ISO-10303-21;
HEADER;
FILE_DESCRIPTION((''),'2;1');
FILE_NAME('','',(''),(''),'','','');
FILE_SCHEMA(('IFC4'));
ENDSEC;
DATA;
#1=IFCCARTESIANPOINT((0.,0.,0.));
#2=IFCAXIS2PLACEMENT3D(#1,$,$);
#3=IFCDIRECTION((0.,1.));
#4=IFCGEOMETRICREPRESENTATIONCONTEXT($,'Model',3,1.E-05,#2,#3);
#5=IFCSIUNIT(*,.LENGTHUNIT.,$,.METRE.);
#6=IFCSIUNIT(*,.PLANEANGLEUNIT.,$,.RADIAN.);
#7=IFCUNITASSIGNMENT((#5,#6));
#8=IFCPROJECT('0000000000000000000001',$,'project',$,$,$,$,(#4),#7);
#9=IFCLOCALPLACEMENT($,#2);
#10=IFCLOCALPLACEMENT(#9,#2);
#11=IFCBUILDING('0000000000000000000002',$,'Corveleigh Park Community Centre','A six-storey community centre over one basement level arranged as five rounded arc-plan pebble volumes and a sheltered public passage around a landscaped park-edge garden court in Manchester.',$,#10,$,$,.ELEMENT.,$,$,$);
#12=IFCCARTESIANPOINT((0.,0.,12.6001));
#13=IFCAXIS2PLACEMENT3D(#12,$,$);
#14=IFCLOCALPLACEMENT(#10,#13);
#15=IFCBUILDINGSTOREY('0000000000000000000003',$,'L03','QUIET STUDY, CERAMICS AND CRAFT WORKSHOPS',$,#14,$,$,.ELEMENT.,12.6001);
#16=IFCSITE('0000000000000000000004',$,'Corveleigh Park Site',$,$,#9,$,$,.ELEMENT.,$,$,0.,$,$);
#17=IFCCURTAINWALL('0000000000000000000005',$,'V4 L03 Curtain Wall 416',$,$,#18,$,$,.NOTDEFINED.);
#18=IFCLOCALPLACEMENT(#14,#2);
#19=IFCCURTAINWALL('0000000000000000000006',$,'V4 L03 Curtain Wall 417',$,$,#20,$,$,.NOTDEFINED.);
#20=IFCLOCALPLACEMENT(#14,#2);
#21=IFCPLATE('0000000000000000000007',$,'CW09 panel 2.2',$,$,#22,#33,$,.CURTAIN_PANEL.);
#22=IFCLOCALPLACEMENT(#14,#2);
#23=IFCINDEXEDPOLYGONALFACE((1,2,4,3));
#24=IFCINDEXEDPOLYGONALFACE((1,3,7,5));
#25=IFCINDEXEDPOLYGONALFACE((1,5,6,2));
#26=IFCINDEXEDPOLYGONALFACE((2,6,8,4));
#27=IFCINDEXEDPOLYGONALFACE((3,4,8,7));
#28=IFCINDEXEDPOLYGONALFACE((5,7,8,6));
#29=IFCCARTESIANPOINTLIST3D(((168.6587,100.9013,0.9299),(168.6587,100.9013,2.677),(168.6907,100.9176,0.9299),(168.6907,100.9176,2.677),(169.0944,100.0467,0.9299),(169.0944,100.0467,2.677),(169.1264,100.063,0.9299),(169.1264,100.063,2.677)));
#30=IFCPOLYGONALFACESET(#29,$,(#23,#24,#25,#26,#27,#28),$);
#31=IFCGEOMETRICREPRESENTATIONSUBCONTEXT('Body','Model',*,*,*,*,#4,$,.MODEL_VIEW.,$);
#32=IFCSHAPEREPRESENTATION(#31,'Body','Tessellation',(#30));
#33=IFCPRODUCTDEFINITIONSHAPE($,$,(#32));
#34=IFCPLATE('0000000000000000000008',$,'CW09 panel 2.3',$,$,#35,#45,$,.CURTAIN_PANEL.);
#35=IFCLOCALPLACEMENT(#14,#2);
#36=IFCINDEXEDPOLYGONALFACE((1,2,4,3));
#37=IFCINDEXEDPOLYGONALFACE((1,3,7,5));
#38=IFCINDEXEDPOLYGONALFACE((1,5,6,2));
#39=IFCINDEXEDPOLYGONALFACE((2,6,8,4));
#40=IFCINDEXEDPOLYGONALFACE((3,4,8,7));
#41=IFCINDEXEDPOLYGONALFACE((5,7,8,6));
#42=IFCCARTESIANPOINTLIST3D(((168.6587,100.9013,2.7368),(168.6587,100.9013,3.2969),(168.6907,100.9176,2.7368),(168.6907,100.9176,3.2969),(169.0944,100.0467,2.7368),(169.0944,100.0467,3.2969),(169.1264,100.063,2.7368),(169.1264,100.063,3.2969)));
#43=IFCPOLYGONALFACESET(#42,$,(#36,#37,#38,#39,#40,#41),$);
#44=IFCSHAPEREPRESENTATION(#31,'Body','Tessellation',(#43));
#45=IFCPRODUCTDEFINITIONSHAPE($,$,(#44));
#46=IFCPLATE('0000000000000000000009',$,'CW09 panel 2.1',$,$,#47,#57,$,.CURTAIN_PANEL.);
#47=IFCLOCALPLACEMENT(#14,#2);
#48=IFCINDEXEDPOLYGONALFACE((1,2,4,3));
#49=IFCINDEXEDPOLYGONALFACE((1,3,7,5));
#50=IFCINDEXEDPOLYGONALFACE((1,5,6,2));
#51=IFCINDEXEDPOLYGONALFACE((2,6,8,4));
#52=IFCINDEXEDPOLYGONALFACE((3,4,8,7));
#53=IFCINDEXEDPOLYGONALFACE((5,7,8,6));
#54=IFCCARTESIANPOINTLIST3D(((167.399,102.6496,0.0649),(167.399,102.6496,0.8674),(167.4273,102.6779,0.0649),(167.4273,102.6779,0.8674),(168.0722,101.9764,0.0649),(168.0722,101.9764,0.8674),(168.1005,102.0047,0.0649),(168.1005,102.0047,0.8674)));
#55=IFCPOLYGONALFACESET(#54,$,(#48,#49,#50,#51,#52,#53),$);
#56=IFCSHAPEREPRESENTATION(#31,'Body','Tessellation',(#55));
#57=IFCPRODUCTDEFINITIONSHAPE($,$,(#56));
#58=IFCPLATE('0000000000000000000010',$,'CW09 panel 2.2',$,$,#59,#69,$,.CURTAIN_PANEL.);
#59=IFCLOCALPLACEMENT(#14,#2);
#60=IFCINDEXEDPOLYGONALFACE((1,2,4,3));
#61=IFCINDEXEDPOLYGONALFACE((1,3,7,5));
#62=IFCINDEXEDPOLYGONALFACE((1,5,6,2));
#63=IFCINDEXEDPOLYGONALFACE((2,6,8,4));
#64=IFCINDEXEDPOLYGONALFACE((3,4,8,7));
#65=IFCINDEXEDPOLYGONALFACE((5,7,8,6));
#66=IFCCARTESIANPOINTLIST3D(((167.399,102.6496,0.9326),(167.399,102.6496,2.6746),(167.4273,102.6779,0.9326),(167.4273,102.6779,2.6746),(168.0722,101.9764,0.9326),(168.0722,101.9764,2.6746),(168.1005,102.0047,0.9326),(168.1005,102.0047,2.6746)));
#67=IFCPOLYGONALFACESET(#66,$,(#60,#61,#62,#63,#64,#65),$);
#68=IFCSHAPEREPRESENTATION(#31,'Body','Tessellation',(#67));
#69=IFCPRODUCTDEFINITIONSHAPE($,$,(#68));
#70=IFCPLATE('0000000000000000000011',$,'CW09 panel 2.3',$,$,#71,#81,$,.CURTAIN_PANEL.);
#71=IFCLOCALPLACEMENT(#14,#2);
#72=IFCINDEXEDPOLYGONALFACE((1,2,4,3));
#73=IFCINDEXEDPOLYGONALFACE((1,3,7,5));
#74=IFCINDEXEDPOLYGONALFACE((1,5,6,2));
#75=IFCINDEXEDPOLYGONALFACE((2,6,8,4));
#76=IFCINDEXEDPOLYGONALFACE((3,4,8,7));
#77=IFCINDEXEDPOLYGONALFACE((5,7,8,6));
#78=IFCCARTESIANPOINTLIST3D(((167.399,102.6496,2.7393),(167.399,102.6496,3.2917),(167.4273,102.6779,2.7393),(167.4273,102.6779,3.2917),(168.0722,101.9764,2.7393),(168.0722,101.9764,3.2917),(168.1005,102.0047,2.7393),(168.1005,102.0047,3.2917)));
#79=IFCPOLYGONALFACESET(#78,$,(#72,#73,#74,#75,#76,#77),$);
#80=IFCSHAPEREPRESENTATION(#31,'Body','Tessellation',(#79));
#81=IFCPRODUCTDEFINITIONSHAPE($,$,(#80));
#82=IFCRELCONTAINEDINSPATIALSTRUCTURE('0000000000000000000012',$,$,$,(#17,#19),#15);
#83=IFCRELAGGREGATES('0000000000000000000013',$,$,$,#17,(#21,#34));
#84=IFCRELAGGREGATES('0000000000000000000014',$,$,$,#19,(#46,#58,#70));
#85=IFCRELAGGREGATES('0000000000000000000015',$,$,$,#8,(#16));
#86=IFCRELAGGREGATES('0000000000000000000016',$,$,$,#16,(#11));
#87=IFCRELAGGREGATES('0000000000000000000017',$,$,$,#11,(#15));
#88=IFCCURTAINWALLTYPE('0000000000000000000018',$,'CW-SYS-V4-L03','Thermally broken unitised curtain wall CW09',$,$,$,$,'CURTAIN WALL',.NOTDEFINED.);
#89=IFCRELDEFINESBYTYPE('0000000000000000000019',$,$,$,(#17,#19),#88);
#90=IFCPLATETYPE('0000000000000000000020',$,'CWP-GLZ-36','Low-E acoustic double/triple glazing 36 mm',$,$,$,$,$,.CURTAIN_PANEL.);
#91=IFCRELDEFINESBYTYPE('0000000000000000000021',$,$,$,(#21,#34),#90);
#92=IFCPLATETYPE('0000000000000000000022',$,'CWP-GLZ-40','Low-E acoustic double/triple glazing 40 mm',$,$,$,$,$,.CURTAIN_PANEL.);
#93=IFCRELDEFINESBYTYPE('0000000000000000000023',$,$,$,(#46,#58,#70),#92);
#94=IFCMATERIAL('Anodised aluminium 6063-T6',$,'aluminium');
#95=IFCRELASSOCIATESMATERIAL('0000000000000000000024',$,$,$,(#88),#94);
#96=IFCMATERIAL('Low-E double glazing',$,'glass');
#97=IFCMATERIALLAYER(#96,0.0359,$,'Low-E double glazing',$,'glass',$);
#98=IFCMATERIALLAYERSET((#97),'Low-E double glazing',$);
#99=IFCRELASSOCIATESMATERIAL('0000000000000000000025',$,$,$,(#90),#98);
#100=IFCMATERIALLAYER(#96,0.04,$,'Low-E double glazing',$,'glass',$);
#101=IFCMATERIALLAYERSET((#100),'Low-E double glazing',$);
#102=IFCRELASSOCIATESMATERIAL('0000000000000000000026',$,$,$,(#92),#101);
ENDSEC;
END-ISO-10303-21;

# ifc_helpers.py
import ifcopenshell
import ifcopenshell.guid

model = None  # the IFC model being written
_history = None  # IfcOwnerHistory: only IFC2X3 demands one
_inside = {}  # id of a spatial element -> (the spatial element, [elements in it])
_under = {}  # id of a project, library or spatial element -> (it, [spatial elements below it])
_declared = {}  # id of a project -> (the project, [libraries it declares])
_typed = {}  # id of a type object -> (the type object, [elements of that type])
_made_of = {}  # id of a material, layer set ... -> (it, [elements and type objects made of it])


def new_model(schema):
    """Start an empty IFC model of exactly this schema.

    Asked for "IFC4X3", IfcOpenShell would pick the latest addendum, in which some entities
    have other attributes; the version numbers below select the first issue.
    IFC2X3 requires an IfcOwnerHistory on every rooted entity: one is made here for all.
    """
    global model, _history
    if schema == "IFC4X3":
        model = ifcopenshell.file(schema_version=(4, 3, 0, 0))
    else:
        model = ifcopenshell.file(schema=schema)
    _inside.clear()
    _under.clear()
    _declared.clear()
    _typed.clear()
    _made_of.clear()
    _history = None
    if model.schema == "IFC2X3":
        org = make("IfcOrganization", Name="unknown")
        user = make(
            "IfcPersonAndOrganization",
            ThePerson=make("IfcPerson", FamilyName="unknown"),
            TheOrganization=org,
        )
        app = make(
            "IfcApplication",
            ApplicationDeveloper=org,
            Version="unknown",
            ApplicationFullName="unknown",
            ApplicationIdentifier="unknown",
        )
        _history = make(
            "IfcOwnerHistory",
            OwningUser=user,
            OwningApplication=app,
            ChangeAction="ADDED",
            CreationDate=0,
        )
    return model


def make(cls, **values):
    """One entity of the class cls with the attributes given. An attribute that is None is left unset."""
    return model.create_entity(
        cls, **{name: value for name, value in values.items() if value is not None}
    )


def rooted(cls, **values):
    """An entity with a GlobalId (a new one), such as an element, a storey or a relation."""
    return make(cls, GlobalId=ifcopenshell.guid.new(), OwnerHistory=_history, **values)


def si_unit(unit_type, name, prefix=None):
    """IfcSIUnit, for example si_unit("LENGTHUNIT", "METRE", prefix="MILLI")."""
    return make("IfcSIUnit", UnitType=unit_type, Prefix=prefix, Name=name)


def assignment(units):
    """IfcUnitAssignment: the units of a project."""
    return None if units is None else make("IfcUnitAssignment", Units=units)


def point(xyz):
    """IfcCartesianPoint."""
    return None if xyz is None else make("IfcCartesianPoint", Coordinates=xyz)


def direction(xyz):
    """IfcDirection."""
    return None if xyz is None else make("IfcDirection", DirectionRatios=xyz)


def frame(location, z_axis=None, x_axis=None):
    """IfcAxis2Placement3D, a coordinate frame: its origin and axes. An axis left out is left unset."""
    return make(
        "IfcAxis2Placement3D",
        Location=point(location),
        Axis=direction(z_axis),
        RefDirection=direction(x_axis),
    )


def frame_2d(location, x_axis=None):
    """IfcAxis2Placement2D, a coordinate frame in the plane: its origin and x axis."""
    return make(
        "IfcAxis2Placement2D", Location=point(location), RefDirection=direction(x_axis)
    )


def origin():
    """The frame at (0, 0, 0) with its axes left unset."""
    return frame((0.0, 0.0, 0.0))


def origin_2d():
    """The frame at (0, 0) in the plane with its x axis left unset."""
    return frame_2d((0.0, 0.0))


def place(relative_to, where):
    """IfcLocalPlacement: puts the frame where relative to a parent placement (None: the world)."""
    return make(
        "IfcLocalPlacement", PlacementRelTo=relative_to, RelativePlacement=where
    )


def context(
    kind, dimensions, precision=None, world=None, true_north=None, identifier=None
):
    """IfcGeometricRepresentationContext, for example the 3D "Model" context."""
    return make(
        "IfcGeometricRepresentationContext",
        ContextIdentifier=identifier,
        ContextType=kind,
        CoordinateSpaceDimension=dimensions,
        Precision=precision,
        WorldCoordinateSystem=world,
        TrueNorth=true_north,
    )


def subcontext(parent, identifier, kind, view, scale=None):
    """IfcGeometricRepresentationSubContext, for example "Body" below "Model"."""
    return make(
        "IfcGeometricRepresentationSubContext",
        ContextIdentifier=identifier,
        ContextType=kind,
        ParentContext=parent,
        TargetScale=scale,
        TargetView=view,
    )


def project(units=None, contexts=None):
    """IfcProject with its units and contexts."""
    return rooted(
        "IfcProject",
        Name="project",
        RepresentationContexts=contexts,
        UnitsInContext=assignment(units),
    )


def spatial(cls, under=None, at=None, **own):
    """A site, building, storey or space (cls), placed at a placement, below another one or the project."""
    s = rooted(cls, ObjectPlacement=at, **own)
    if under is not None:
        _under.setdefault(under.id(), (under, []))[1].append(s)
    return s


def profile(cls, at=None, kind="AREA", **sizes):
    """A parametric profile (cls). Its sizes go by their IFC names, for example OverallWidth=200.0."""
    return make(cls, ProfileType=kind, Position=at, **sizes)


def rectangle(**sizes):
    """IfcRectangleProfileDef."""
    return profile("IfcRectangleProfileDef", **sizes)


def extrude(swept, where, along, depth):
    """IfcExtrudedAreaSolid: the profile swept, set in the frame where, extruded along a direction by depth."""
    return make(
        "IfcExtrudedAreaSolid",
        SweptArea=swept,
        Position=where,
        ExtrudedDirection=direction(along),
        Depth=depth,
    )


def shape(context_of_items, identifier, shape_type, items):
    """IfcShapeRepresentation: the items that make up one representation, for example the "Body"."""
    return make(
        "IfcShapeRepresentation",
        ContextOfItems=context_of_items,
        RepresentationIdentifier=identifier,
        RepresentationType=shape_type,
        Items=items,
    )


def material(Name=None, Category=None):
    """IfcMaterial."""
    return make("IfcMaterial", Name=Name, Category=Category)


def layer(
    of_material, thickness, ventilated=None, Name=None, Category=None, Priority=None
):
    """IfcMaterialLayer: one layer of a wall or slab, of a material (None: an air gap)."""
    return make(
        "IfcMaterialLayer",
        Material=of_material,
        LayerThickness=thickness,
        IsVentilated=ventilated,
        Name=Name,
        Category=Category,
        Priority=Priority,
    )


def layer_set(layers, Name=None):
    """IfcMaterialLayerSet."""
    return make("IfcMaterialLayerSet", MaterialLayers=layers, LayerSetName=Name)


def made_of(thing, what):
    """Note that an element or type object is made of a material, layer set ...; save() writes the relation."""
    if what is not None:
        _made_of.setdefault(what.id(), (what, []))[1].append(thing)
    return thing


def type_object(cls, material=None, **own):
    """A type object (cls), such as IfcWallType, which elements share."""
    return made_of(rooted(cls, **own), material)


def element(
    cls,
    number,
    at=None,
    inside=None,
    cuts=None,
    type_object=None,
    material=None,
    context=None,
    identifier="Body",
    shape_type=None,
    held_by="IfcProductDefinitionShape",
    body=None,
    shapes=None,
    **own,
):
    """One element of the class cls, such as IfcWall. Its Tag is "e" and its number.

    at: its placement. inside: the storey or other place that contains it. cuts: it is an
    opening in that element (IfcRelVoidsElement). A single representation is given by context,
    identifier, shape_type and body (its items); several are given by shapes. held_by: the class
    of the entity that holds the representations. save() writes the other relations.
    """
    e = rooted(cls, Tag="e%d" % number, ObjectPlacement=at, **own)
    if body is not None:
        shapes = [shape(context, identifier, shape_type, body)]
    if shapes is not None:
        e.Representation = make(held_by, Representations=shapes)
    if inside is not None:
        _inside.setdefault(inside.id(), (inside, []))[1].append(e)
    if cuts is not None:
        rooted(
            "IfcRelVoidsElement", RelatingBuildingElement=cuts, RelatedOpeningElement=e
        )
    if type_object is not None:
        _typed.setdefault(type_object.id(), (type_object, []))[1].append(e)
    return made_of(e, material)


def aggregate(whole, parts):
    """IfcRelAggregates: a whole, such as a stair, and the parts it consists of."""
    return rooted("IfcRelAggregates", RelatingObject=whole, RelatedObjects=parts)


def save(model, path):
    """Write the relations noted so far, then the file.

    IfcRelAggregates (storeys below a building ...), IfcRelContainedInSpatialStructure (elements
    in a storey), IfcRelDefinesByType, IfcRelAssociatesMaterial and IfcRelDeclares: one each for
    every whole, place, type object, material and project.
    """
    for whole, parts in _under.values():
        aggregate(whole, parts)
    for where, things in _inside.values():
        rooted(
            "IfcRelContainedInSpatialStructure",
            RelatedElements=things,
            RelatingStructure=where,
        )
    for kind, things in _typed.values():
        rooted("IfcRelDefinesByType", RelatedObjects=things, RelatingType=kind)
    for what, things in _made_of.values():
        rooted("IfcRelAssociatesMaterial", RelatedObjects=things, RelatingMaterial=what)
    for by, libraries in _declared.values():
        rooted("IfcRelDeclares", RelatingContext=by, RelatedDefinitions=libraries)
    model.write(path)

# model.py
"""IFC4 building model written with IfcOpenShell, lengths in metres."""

from ifc_helpers import new_model, si_unit, direction, frame, origin, origin_2d, place, context, subcontext, project, spatial, rectangle, extrude, material, layer, layer_set, type_object, element, aggregate, save


model = new_model("IFC4")

# Units and contexts
model_context = context("Model", 3, precision=1e-05, world=origin(), true_north=direction((0.0, 1.0)))
body_context = subcontext(model_context, "Body", "Model", "MODEL_VIEW")
ifc_project = project(units=[si_unit("LENGTHUNIT", "METRE"), si_unit("PLANEANGLEUNIT", "RADIAN")], contexts=[model_context])

# Site, building, storey
site_placement = place(None, origin())
site = spatial("IfcSite", under=ifc_project, at=site_placement, Name="Corveleigh Park Site", CompositionType="ELEMENT", RefElevation=0.0)
building_placement = place(site_placement, origin())
building = spatial("IfcBuilding", under=site, at=building_placement, Name="Corveleigh Park Community Centre", Description="A six-storey community centre over one basement level arranged as five rounded arc-plan pebble volumes and a sheltered public passage around a landscaped park-edge garden court in Manchester.", CompositionType="ELEMENT")
storey_placement = place(building_placement, frame((0.0, 0.0, 12.6001)))
storey = spatial("IfcBuildingStorey", under=building, at=storey_placement, Name="L03", Description="QUIET STUDY, CERAMICS AND CRAFT WORKSHOPS", CompositionType="ELEMENT", Elevation=12.6001)

# Shared definitions
ifc_material_1 = material(Name="Anodised aluminium 6063-T6", Category="aluminium")
curtain_wall_type = type_object("IfcCurtainWallType", Name="CW-SYS-V4-L03", Description="Thermally broken unitised curtain wall CW09", ElementType="CURTAIN WALL", PredefinedType="NOTDEFINED", material=ifc_material_1)

# Curtain wall
curtain_wall_1_placement = place(storey_placement, origin())
curtain_wall_1 = element("IfcCurtainWall", 1, at=curtain_wall_1_placement, inside=storey, type_object=curtain_wall_type, Name="V4 L03 Curtain Wall 416", PredefinedType="NOTDEFINED")

# Curtain wall
curtain_wall_2_placement = place(storey_placement, origin())
curtain_wall_2 = element("IfcCurtainWall", 2, at=curtain_wall_2_placement, inside=storey, type_object=curtain_wall_type, Name="V4 L03 Curtain Wall 417", PredefinedType="NOTDEFINED")

# Plates
ifc_material_2 = material(Name="Low-E double glazing", Category="glass")
ifc_layer_1 = layer(ifc_material_2, 0.0359, Name="Low-E double glazing", Category="glass")
ifc_layer_set_1 = layer_set([ifc_layer_1], Name="Low-E double glazing")
plate_type_1 = type_object("IfcPlateType", Name="CWP-GLZ-36", Description="Low-E acoustic double/triple glazing 36 mm", PredefinedType="CURTAIN_PANEL", material=ifc_layer_set_1)
plate_1_placement = place(storey_placement, frame((168.8926, 100.4822, 0.9299), z_axis=(0.0, 0.0, 1.0), x_axis=(0.454202, -0.890899, 0.0)))
plate_1 = element("IfcPlate", 3, at=plate_1_placement, type_object=plate_type_1, Name="CW09 panel 2.2", PredefinedType="CURTAIN_PANEL", context=body_context, shape_type="SweptSolid", body=[
    extrude(rectangle(XDim=0.9592, YDim=0.0359, at=origin_2d()), origin(), (0.0, 0.0, 1.0), 1.7471),
])
plate_2_placement = place(storey_placement, frame((168.8926, 100.4822, 2.7368), z_axis=(0.0, 0.0, 1.0), x_axis=(0.454202, -0.890899, 0.0)))
plate_2 = element("IfcPlate", 4, at=plate_2_placement, type_object=plate_type_1, Name="CW09 panel 2.3", PredefinedType="CURTAIN_PANEL", context=body_context, shape_type="SweptSolid", body=[
    extrude(rectangle(XDim=0.9592, YDim=0.0359, at=origin_2d()), origin(), (0.0, 0.0, 1.0), 0.5601),
])
aggregate(curtain_wall_1, [plate_1, plate_2])
ifc_layer_2 = layer(ifc_material_2, 0.04, Name="Low-E double glazing", Category="glass")
ifc_layer_set_2 = layer_set([ifc_layer_2], Name="Low-E double glazing")
plate_type_2 = type_object("IfcPlateType", Name="CWP-GLZ-40", Description="Low-E acoustic double/triple glazing 40 mm", PredefinedType="CURTAIN_PANEL", material=ifc_layer_set_2)
plate_3_placement = place(storey_placement, frame((167.7498, 102.3271, 0.0649), z_axis=(0.0, 0.0, 1.0), x_axis=(0.707107, -0.707107, 0.0)))
plate_3 = element("IfcPlate", 5, at=plate_3_placement, type_object=plate_type_2, Name="CW09 panel 2.1", PredefinedType="CURTAIN_PANEL", context=body_context, shape_type="SweptSolid", body=[
    extrude(rectangle(XDim=0.9521, YDim=0.04, at=origin_2d()), origin(), (0.0, 0.0, 1.0), 0.8025),
])
plate_4_placement = place(storey_placement, frame((167.7498, 102.3271, 0.9326), z_axis=(0.0, 0.0, 1.0), x_axis=(0.707107, -0.707107, 0.0)))
plate_4 = element("IfcPlate", 6, at=plate_4_placement, type_object=plate_type_2, Name="CW09 panel 2.2", PredefinedType="CURTAIN_PANEL", context=body_context, shape_type="SweptSolid", body=[
    extrude(rectangle(XDim=0.9521, YDim=0.04, at=origin_2d()), origin(), (0.0, 0.0, 1.0), 1.7419),
])
plate_5_placement = place(storey_placement, frame((167.7498, 102.3271, 2.7393), z_axis=(0.0, 0.0, 1.0), x_axis=(0.707107, -0.707107, 0.0)))
plate_5 = element("IfcPlate", 7, at=plate_5_placement, type_object=plate_type_2, Name="CW09 panel 2.3", PredefinedType="CURTAIN_PANEL", context=body_context, shape_type="SweptSolid", body=[
    extrude(rectangle(XDim=0.9521, YDim=0.04, at=origin_2d()), origin(), (0.0, 0.0, 1.0), 0.5525),
])
aggregate(curtain_wall_2, [plate_3, plate_4, plate_5])

save(model, "model.ifc")
